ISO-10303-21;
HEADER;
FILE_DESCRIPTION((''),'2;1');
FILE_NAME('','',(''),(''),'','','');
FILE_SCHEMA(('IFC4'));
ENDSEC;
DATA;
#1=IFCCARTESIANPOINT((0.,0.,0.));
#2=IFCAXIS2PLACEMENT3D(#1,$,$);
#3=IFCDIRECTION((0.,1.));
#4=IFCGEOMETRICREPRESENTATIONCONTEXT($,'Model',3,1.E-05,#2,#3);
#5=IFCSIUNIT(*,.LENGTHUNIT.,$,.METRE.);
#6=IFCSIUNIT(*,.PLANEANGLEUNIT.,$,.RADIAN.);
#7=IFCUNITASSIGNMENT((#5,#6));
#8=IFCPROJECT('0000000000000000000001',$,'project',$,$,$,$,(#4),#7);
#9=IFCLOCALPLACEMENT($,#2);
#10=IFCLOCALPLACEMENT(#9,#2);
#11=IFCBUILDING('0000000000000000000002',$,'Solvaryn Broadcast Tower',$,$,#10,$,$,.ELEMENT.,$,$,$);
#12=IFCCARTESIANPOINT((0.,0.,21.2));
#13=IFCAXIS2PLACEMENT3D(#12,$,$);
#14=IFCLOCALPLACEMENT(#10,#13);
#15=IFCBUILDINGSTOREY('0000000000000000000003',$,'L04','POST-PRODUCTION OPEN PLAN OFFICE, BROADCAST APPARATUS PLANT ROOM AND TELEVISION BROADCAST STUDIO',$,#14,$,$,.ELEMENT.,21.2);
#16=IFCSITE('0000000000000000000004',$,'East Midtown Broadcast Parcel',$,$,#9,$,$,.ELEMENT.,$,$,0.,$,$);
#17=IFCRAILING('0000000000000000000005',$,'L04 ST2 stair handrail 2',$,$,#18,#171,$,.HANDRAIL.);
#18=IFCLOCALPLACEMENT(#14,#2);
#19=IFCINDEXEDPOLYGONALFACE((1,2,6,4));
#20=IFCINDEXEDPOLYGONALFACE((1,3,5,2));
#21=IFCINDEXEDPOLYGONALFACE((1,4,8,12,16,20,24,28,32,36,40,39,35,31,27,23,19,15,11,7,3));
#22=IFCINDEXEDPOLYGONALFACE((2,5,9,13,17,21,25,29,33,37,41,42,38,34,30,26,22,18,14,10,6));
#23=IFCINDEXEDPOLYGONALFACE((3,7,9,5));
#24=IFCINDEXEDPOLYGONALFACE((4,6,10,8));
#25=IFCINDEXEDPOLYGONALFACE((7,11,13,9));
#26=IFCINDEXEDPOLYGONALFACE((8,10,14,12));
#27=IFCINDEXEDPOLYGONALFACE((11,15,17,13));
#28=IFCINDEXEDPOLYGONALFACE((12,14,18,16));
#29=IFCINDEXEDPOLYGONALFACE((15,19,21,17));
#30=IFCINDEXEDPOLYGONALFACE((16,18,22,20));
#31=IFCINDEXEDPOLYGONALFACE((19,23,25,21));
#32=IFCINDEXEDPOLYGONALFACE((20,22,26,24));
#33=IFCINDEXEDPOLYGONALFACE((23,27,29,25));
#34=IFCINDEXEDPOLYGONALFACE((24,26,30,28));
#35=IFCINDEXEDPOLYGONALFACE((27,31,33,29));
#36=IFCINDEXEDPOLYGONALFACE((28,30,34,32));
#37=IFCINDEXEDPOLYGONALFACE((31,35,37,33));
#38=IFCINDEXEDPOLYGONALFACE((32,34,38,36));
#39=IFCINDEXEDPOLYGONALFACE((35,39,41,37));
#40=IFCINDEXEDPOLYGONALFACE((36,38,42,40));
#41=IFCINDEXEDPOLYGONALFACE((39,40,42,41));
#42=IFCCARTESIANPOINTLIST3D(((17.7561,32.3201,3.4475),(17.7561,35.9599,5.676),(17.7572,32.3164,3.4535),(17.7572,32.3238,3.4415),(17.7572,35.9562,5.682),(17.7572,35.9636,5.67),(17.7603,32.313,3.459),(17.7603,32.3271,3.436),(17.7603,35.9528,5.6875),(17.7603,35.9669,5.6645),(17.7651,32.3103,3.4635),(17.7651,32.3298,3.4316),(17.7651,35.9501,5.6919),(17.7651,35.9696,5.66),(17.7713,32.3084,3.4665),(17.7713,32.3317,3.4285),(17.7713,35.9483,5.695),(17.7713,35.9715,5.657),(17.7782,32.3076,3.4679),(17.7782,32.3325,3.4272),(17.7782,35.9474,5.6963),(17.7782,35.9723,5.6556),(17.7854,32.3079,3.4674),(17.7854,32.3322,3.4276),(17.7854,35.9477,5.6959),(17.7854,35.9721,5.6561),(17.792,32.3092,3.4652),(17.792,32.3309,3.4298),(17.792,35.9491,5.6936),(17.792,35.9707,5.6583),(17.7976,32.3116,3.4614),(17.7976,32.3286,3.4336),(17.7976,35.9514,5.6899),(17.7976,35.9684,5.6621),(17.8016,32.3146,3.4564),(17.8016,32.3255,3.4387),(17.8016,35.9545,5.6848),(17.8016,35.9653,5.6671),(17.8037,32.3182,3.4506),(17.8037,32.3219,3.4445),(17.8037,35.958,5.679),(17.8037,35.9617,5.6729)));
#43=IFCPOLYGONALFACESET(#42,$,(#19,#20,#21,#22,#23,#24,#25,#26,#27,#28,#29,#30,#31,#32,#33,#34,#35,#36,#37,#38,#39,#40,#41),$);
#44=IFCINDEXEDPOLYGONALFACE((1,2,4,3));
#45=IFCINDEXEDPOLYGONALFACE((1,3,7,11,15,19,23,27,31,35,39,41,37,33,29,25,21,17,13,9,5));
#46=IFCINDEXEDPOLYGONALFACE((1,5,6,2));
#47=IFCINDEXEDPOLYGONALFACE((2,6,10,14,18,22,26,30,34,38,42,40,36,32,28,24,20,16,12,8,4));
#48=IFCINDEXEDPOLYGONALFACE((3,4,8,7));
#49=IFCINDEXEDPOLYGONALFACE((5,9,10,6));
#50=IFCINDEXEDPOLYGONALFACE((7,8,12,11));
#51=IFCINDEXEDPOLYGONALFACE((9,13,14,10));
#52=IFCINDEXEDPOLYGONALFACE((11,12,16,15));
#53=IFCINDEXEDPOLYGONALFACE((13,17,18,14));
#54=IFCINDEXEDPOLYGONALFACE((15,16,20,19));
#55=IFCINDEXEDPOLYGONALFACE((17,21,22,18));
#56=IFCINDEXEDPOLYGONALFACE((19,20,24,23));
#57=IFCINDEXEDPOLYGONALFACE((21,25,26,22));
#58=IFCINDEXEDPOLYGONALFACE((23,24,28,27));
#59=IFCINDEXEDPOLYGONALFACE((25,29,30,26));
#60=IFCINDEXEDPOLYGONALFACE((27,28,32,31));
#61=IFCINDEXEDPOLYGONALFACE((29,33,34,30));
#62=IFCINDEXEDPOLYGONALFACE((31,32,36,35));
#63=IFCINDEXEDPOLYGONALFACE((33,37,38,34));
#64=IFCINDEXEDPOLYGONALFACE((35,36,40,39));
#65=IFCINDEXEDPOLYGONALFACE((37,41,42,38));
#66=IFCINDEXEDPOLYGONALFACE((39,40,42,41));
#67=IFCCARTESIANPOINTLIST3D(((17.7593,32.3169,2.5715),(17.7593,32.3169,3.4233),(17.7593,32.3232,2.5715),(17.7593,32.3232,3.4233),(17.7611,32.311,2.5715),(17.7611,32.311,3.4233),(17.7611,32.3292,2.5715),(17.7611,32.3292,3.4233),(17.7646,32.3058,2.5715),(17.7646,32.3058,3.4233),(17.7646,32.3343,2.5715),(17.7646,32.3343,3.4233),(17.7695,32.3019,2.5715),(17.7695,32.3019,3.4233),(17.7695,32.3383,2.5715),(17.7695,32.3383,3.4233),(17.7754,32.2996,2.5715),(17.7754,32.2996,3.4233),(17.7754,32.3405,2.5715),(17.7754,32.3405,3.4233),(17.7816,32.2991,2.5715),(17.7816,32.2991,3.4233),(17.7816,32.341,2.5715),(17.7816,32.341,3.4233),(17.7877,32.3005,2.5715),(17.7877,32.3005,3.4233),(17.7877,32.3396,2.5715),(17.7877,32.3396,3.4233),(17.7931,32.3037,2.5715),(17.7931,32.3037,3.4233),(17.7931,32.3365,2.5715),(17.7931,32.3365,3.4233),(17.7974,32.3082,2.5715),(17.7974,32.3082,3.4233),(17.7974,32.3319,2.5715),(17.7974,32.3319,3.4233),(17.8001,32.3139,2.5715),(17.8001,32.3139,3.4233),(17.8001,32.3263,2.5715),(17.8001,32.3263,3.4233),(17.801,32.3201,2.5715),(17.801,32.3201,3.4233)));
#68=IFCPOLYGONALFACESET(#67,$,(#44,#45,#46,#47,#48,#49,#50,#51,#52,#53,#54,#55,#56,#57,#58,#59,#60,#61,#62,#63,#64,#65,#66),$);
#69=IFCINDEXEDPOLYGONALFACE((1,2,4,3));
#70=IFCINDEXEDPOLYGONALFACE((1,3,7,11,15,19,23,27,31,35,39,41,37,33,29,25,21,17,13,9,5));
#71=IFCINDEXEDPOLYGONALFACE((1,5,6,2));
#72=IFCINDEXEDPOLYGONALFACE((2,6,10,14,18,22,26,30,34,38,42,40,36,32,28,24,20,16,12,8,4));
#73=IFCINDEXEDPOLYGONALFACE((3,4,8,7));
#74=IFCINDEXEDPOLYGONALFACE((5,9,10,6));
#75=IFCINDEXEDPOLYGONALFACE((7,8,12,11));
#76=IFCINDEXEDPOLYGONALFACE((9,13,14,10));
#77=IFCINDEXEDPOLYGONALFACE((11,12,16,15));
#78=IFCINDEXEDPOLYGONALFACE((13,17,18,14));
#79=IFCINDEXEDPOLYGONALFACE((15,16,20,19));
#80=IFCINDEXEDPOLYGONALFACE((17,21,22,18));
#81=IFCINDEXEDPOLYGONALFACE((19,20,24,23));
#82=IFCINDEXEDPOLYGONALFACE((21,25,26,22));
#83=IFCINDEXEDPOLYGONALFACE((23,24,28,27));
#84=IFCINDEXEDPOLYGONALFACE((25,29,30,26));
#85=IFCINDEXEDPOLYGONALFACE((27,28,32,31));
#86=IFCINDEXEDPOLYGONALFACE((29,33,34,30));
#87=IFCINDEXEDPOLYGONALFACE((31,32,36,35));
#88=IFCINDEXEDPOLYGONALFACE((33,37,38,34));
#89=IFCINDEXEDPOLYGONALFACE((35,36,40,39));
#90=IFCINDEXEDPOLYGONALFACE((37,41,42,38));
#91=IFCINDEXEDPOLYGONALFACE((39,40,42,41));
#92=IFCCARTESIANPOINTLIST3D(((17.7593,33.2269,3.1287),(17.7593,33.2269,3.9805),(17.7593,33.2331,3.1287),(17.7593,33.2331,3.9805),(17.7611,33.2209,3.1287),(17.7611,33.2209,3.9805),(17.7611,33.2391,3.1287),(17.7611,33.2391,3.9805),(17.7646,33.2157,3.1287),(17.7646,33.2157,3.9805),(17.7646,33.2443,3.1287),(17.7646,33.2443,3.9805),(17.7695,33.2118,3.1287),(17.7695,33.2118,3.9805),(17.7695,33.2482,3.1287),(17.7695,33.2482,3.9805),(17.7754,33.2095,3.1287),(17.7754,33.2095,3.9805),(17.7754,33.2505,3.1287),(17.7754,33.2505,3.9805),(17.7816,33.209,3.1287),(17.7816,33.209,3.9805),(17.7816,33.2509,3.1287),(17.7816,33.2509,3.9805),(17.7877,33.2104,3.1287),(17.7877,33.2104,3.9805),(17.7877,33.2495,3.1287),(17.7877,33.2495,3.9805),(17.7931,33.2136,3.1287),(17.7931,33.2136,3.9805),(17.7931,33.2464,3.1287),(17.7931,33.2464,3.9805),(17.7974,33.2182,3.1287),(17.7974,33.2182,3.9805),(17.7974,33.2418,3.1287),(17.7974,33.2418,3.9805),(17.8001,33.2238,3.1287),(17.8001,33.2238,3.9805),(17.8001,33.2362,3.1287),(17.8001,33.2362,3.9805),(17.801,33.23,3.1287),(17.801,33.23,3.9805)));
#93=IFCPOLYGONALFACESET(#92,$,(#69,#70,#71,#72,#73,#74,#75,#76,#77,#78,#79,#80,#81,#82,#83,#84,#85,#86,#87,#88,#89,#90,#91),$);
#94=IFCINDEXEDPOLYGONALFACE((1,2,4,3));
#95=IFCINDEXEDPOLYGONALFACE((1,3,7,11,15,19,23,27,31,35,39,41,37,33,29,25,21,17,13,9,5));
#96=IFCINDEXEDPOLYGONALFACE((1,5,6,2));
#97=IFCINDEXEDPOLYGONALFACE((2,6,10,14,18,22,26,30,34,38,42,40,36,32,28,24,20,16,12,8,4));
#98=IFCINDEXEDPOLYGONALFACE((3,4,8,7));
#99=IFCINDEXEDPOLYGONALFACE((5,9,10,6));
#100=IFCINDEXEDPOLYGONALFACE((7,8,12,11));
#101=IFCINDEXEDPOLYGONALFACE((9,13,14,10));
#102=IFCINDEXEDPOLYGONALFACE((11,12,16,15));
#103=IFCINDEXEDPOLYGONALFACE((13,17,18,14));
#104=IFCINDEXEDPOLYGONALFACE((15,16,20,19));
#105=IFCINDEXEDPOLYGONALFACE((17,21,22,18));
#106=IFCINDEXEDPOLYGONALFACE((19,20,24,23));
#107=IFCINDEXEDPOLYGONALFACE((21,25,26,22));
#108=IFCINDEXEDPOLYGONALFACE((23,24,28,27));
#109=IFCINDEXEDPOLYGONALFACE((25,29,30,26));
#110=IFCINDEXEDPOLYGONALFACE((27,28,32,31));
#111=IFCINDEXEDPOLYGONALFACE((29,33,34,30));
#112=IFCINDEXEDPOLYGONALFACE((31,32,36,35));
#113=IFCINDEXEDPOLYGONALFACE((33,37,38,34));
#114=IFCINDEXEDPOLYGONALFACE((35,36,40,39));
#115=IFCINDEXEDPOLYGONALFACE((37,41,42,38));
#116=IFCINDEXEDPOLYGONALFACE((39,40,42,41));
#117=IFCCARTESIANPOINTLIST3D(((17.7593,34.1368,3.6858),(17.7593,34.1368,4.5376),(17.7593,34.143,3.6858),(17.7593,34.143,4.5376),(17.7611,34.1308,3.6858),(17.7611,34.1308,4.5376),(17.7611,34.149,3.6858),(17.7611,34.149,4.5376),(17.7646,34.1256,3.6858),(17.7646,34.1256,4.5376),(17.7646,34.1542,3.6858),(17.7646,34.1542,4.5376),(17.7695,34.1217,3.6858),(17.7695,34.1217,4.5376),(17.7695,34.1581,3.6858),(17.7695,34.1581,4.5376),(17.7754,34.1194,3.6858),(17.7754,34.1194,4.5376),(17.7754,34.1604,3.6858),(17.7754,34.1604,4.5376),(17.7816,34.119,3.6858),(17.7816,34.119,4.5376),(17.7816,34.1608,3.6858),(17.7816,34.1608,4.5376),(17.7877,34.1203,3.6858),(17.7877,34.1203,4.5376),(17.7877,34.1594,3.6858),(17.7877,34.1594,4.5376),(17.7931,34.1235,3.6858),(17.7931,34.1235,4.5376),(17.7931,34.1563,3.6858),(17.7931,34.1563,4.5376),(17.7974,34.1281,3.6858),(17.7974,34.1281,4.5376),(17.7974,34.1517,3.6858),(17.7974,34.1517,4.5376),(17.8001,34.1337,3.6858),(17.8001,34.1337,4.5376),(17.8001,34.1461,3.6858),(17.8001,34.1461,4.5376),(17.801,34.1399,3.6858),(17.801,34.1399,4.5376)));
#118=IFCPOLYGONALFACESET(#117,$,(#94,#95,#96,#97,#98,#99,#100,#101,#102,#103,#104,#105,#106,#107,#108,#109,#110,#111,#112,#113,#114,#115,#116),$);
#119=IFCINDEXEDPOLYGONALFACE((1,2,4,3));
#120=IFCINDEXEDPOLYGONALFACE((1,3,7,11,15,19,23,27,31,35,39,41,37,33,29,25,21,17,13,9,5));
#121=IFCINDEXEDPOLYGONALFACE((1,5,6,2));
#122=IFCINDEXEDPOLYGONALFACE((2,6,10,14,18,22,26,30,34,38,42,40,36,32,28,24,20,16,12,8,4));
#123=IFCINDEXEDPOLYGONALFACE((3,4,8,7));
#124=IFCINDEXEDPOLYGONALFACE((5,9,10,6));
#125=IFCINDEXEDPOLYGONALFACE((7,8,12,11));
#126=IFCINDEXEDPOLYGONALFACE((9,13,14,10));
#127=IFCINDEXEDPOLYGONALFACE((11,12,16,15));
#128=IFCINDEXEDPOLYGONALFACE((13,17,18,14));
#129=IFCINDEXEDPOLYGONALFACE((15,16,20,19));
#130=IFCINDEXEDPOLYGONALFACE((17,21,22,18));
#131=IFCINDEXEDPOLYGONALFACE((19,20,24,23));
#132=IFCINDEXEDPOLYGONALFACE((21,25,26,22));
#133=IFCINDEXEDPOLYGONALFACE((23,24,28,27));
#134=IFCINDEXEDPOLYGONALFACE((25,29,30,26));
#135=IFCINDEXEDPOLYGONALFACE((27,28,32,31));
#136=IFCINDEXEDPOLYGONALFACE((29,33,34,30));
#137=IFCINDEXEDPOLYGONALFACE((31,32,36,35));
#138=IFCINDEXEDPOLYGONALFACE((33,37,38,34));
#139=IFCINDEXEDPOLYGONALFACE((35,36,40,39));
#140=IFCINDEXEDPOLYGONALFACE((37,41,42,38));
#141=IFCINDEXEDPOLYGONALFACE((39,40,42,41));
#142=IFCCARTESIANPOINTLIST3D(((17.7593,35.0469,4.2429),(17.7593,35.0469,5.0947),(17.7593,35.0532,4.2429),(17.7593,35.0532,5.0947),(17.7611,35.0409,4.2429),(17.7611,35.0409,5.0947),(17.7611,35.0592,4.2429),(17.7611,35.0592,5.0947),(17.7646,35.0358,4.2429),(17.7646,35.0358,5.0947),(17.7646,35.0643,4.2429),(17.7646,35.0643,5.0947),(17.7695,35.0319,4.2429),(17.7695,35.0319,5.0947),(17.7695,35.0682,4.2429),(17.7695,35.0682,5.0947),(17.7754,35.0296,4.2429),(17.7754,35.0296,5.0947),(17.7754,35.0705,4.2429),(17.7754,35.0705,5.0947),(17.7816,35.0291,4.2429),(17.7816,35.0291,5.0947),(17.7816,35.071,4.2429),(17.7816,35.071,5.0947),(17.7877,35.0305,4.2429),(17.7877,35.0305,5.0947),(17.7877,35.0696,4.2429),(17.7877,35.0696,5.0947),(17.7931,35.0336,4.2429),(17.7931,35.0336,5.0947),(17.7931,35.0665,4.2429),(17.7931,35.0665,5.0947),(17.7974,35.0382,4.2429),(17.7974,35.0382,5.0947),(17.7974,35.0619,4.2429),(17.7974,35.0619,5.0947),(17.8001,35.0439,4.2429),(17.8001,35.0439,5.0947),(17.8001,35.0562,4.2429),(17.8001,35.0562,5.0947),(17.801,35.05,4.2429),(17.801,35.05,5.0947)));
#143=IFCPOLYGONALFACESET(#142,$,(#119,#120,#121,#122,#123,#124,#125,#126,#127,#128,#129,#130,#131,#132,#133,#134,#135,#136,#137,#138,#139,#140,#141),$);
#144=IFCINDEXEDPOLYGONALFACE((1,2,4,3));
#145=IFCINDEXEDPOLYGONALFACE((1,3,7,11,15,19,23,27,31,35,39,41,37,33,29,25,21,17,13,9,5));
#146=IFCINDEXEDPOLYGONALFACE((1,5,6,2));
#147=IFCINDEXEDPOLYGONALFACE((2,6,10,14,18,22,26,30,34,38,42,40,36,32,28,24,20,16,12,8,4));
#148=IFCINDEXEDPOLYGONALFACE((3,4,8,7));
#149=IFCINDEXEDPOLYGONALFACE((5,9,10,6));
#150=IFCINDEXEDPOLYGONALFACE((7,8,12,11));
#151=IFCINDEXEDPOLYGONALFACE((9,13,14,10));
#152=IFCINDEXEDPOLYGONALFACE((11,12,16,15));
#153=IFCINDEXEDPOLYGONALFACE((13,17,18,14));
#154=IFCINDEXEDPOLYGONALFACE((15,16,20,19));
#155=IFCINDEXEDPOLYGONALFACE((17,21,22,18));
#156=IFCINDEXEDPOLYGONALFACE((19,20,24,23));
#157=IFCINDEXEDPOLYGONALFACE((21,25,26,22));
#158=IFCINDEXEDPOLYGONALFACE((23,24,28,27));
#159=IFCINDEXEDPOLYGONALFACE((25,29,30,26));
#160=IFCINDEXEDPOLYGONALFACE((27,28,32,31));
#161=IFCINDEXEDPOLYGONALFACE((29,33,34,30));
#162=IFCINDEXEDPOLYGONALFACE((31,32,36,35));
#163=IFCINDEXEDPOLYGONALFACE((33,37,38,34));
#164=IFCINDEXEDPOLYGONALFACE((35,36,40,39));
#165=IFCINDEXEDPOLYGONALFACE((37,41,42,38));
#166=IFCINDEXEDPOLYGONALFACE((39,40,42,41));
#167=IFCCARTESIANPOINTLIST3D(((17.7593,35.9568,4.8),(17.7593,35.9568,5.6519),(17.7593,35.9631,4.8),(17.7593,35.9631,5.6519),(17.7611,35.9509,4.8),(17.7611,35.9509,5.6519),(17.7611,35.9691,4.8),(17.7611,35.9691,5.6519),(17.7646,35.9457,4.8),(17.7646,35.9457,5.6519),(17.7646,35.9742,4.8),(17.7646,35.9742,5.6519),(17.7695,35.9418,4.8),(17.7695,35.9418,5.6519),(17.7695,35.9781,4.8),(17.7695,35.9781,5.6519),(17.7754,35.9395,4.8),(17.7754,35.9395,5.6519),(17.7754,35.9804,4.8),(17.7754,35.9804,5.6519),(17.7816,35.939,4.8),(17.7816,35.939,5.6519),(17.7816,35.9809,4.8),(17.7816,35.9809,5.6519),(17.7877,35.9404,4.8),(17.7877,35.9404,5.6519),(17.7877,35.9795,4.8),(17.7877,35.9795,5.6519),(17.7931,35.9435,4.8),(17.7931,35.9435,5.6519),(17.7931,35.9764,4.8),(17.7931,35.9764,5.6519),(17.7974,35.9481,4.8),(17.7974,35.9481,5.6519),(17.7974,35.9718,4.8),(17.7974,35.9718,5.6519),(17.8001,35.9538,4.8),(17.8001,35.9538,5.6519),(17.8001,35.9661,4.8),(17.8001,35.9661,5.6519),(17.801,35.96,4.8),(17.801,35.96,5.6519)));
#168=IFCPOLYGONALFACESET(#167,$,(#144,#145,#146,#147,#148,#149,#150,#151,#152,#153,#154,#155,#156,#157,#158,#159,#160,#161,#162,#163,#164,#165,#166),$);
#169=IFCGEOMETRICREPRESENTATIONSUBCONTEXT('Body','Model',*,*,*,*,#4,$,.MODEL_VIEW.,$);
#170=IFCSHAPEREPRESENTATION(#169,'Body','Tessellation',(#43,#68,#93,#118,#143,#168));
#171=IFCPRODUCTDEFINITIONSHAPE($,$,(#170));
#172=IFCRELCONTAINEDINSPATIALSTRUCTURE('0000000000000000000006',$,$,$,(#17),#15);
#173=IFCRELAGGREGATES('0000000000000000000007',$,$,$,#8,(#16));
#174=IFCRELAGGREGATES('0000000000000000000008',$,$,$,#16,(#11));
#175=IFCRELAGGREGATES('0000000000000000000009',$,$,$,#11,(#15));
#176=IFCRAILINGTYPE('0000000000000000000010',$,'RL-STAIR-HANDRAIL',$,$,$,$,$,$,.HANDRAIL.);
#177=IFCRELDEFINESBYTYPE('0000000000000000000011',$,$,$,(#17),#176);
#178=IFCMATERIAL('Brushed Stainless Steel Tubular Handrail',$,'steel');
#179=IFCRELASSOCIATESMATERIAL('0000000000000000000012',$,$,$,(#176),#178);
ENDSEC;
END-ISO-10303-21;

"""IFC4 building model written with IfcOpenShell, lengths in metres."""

from ifc_helpers import new_model, si_unit, direction, frame, origin, origin_2d, place, context, subcontext, project, spatial, circle, extrude, material, type_object, element, save


model = new_model("IFC4")

# Units and contexts
model_context = context("Model", 3, precision=1e-05, world=origin(), true_north=direction((0.0, 1.0)))
body_context = subcontext(model_context, "Body", "Model", "MODEL_VIEW")
ifc_project = project(units=[si_unit("LENGTHUNIT", "METRE"), si_unit("PLANEANGLEUNIT", "RADIAN")], contexts=[model_context])

# Site, building, storey
site_placement = place(None, origin())
site = spatial("IfcSite", under=ifc_project, at=site_placement, Name="East Midtown Broadcast Parcel", CompositionType="ELEMENT", RefElevation=0.0)
building_placement = place(site_placement, origin())
building = spatial("IfcBuilding", under=site, at=building_placement, Name="Solvaryn Broadcast Tower", CompositionType="ELEMENT")
storey_placement = place(building_placement, frame((0.0, 0.0, 21.2)))
storey = spatial("IfcBuildingStorey", under=building, at=storey_placement, Name="L04", Description="POST-PRODUCTION OPEN PLAN OFFICE, BROADCAST APPARATUS PLANT ROOM AND TELEVISION BROADCAST STUDIO", CompositionType="ELEMENT", Elevation=21.2)

# Railing
ifc_material_1 = material(Name="Brushed Stainless Steel Tubular Handrail", Category="steel")
railing_type = type_object("IfcRailingType", Name="RL-STAIR-HANDRAIL", PredefinedType="HANDRAIL", material=ifc_material_1)
railing_placement = place(storey_placement, frame((17.78, 32.3201, 2.5715)))
element("IfcRailing", 1, at=railing_placement, inside=storey, type_object=railing_type, Name="L04 ST2 stair handrail 2", PredefinedType="HANDRAIL", context=body_context, shape_type="SweptSolid", body=[
    extrude(circle(Radius=0.0239, at=origin_2d()), frame((0.0, 0.0, 0.876), z_axis=(0.0, 0.85285, 0.522156), x_axis=(-1.0, 0.0, 0.0)), (0.0, 0.0, 1.0), 4.2678),
    extrude(circle(Radius=0.021, at=origin_2d()), origin(), (0.0, 0.0, 1.0), 0.8518),
    extrude(circle(Radius=0.021, at=origin_2d()), frame((0.0, 0.9099, 0.5571)), (0.0, 0.0, 1.0), 0.8518),
    extrude(circle(Radius=0.021, at=origin_2d()), frame((0.0, 1.8198, 1.1143)), (0.0, 0.0, 1.0), 0.8518),
    extrude(circle(Radius=0.021, at=origin_2d()), frame((0.0, 2.73, 1.6714)), (0.0, 0.0, 1.0), 0.8518),
    extrude(circle(Radius=0.021, at=origin_2d()), frame((0.0, 3.6399, 2.2285)), (0.0, 0.0, 1.0), 0.8518),
])

save(model, "model.ifc")
